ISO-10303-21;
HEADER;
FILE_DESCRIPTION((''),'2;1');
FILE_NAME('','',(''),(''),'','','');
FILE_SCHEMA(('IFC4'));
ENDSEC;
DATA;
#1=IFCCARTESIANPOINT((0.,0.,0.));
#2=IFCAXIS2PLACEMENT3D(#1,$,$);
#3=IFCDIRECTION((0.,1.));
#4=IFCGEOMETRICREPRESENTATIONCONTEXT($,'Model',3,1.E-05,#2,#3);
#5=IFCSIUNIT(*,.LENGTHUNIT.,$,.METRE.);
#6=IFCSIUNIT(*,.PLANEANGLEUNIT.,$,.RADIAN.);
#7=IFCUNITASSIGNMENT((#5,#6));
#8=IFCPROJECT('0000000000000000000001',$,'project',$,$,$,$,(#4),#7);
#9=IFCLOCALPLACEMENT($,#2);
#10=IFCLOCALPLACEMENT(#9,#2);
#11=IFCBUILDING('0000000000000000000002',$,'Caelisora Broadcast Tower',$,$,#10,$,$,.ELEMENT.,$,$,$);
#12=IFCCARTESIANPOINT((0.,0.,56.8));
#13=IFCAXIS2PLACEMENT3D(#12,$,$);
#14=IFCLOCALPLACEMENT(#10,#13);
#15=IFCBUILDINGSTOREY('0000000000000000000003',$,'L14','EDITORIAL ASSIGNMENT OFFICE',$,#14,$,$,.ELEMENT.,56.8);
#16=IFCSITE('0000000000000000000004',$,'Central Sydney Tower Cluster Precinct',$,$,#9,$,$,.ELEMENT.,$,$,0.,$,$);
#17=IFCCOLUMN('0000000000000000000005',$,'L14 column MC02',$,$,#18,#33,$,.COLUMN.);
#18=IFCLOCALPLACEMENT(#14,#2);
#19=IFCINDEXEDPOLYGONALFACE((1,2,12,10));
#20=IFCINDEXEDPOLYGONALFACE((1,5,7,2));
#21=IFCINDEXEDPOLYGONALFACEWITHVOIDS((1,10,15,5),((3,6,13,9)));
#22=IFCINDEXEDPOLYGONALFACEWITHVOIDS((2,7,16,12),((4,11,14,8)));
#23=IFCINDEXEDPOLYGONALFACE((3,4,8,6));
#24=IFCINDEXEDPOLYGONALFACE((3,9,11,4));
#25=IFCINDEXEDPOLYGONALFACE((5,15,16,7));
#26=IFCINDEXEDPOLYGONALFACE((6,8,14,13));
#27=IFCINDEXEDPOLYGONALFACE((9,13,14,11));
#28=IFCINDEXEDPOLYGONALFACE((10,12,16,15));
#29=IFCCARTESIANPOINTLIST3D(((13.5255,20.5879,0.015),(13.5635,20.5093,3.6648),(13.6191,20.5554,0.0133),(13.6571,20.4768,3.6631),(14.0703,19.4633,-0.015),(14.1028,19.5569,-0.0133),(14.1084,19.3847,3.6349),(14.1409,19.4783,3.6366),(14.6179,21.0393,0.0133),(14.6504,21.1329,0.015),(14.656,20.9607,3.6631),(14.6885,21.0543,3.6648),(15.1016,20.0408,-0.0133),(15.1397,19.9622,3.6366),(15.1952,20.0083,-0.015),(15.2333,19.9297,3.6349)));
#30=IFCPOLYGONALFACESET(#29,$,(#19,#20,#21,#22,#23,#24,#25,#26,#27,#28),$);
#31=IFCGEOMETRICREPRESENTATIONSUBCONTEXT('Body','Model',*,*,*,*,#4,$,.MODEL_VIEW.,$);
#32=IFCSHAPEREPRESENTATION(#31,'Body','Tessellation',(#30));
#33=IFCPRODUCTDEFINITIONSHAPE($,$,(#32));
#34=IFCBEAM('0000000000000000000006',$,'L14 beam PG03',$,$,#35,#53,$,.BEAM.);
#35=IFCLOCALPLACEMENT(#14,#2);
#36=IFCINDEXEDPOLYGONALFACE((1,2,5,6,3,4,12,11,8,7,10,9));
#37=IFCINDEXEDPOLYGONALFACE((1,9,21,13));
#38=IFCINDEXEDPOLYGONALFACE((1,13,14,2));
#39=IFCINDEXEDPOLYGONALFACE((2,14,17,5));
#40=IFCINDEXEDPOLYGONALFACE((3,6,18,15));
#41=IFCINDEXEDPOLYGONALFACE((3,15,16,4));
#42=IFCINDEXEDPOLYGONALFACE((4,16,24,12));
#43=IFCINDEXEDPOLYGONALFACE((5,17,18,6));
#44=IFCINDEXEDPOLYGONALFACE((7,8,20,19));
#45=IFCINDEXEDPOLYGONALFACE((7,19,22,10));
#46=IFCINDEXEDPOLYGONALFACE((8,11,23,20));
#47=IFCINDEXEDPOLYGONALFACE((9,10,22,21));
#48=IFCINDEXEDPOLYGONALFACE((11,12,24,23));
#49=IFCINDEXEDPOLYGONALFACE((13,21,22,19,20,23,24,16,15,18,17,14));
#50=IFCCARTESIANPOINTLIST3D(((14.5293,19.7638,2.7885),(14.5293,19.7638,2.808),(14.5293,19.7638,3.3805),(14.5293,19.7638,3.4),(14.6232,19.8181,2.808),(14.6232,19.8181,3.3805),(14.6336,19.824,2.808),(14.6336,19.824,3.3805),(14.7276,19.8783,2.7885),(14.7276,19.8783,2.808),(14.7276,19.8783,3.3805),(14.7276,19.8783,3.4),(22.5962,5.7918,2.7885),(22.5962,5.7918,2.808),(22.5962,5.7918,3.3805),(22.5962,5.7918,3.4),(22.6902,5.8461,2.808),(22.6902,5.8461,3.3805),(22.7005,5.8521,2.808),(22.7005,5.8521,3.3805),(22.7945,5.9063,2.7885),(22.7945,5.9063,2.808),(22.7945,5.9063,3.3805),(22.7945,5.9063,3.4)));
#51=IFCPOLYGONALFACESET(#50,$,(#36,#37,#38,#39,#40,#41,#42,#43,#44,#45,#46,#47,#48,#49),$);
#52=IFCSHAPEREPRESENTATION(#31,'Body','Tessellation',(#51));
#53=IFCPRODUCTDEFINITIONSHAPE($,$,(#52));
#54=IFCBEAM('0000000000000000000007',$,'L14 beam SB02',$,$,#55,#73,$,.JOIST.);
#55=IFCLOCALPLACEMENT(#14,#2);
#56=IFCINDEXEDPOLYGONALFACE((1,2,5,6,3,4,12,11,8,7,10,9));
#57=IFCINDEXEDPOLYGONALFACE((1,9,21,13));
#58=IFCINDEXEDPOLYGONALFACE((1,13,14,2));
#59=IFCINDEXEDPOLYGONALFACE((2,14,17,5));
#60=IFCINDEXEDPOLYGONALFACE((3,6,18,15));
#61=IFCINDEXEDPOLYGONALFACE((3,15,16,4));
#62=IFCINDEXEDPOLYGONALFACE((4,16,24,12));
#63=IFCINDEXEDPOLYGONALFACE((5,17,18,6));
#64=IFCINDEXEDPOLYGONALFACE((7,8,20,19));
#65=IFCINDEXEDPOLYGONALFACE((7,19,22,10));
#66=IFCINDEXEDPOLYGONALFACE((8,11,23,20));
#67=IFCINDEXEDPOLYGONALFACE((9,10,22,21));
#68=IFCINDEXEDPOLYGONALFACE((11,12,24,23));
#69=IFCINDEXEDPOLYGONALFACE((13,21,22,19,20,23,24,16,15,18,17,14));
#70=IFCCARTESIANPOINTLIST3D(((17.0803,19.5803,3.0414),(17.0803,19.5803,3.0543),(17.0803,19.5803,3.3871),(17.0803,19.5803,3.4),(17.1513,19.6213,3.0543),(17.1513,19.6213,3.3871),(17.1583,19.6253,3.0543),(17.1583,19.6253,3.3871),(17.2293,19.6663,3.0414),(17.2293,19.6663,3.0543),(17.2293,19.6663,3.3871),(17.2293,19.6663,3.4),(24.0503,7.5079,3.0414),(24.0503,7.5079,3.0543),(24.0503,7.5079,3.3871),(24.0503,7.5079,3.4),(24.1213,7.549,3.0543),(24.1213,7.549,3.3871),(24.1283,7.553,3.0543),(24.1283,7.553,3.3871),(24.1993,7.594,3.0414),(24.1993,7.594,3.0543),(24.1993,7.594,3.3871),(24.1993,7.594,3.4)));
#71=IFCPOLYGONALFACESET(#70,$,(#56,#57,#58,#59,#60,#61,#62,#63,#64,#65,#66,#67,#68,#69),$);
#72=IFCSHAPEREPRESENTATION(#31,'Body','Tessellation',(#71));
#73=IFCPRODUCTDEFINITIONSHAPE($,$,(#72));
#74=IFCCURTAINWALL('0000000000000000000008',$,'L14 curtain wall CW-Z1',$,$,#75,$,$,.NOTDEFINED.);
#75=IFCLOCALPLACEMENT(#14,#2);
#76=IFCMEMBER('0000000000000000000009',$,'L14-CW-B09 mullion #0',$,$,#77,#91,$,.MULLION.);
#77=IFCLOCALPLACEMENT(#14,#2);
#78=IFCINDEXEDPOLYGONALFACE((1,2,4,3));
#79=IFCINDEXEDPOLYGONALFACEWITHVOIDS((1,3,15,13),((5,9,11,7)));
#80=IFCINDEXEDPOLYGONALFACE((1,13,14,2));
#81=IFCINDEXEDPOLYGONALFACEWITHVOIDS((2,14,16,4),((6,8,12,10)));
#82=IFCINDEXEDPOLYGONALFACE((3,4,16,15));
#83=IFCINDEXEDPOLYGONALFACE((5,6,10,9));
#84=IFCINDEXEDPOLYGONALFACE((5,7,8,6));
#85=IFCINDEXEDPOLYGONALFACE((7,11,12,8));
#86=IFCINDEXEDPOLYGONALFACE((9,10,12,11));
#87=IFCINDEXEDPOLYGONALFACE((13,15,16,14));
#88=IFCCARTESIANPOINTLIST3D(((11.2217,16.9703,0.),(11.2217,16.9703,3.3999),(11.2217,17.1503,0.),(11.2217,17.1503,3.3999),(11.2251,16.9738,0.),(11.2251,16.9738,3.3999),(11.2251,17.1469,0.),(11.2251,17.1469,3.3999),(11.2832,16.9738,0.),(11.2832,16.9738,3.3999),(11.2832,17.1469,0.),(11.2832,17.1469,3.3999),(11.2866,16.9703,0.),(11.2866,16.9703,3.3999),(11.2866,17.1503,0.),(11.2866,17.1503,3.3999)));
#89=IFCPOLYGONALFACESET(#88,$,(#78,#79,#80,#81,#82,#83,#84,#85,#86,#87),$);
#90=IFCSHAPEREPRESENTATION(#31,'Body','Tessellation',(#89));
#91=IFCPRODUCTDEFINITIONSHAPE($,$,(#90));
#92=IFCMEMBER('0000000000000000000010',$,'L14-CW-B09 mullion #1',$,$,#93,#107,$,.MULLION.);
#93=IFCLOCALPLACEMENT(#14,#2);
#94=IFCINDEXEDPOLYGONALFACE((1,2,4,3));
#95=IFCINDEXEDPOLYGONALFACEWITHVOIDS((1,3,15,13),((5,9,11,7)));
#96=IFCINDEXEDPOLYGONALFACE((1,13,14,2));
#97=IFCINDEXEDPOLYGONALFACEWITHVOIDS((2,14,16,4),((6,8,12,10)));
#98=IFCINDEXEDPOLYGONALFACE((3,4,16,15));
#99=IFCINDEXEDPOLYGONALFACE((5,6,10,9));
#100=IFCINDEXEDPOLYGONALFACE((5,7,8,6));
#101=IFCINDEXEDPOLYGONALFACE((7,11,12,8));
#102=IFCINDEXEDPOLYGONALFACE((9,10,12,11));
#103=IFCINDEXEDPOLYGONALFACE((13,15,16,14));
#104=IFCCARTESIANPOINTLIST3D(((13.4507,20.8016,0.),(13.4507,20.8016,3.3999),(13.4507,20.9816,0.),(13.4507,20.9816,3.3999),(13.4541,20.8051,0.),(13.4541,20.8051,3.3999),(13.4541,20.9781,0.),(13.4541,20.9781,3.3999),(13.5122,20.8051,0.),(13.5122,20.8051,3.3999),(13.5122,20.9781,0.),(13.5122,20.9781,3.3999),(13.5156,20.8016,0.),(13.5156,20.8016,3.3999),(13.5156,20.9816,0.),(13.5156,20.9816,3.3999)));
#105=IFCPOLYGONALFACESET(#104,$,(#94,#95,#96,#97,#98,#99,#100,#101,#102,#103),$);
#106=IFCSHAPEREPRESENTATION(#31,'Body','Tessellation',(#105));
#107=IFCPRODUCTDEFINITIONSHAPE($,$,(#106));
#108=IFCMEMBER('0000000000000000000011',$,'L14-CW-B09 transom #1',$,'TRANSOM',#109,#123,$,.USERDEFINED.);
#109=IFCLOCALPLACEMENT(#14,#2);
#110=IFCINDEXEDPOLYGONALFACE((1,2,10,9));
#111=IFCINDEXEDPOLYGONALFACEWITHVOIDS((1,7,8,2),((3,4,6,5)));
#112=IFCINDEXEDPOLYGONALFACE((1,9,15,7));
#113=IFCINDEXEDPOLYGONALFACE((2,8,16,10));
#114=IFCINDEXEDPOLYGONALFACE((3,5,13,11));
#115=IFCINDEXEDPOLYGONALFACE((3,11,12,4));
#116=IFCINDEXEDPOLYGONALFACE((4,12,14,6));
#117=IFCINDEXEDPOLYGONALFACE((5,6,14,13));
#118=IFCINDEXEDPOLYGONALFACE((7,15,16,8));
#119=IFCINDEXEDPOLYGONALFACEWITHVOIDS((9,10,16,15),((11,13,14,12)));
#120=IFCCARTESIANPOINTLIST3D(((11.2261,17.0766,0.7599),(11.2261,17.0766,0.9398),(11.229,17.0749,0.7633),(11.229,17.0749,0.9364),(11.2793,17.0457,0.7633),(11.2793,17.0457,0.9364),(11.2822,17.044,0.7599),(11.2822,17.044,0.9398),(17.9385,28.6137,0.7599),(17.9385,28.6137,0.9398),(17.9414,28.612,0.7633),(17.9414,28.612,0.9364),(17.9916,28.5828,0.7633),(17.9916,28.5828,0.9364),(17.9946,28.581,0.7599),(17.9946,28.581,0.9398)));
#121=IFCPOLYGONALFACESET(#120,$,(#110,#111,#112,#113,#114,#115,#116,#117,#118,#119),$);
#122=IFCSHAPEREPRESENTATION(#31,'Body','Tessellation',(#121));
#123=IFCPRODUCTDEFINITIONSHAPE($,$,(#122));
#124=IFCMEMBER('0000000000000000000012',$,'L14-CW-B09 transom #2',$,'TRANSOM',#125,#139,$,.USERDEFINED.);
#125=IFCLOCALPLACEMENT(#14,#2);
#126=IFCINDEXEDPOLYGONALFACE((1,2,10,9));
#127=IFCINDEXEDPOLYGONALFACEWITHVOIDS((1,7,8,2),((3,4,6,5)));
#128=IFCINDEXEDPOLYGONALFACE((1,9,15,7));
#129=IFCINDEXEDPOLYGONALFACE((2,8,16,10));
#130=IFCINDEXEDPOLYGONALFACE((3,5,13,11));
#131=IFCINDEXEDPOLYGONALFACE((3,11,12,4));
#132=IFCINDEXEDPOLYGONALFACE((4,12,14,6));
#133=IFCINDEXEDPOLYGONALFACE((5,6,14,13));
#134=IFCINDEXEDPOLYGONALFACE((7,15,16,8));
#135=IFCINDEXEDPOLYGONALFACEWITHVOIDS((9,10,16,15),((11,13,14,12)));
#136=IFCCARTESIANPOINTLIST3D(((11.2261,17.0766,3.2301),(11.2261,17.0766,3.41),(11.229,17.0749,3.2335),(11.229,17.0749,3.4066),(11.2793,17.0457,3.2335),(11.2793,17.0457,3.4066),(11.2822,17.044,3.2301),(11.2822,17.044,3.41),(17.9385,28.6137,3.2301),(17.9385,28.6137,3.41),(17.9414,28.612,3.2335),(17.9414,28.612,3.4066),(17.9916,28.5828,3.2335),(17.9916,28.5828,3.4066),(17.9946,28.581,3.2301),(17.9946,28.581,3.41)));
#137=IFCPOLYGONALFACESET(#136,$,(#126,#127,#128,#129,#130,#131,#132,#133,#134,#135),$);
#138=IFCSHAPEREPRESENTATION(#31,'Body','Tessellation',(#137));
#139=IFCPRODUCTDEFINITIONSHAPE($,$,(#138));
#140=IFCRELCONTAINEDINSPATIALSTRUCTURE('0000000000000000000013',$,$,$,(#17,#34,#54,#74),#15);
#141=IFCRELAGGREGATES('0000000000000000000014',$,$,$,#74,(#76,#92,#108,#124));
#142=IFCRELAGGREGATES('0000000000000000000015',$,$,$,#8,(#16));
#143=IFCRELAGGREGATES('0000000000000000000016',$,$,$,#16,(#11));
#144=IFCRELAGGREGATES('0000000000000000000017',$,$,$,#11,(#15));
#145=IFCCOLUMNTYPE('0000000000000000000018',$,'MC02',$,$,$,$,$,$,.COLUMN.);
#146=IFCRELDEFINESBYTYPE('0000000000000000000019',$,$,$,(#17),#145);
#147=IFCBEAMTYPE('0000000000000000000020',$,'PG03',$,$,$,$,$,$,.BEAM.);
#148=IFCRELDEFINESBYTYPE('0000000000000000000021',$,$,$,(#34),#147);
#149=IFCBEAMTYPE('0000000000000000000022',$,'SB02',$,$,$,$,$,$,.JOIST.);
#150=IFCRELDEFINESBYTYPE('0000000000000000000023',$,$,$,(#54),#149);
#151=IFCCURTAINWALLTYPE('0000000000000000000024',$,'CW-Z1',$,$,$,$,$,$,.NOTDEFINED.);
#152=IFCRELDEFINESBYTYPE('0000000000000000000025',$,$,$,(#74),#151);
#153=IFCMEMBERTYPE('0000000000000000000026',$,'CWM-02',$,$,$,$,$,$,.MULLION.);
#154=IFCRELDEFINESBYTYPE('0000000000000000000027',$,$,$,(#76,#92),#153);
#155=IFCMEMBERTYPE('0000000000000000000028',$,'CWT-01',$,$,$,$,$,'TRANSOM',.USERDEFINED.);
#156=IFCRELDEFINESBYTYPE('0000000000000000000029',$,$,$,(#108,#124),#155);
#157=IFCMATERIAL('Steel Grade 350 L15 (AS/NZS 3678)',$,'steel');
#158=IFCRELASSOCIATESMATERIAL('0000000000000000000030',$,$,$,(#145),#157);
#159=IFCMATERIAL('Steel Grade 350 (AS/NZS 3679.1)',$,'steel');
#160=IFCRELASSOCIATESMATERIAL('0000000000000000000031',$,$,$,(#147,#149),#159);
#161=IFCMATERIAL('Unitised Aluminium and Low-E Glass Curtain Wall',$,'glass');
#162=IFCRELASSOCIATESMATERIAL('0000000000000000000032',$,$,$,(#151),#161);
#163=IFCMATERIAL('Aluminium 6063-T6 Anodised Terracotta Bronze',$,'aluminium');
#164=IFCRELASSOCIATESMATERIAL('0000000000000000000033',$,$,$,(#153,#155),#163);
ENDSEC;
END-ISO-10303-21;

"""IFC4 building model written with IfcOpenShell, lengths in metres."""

from ifc_helpers import new_model, si_unit, direction, frame, origin, origin_2d, place, context, subcontext, project, spatial, hollow_rectangle, i_section, extrude, source, transform, mapped, material, material_profile, profile_set, type_object, type_shapes, element, aggregate, save


model = new_model("IFC4")

# Units and contexts
model_context = context("Model", 3, precision=1e-05, world=origin(), true_north=direction((0.0, 1.0)))
body_context = subcontext(model_context, "Body", "Model", "MODEL_VIEW")
ifc_project = project(units=[si_unit("LENGTHUNIT", "METRE"), si_unit("PLANEANGLEUNIT", "RADIAN")], contexts=[model_context])

# Site, building, storey
site_placement = place(None, origin())
site = spatial("IfcSite", under=ifc_project, at=site_placement, Name="Central Sydney Tower Cluster Precinct", CompositionType="ELEMENT", RefElevation=0.0)
building_placement = place(site_placement, origin())
building = spatial("IfcBuilding", under=site, at=building_placement, Name="Caelisora Broadcast Tower", CompositionType="ELEMENT")
storey_placement = place(building_placement, frame((0.0, 0.0, 56.8)))
storey = spatial("IfcBuildingStorey", under=building, at=storey_placement, Name="L14", Description="EDITORIAL ASSIGNMENT OFFICE", CompositionType="ELEMENT", Elevation=56.8)

# Column
ifc_material_1 = material(Name="Steel Grade 350 L15 (AS/NZS 3678)", Category="steel")
ifc_material_profile_1 = material_profile(ifc_material_1, hollow_rectangle(XDim=1.25, YDim=1.25, WallThickness=0.0701, at=origin_2d()), Name="Steel Grade 350 L15 (AS/NZS 3678)")
ifc_profile_set_1 = profile_set([ifc_material_profile_1], Name="Steel Grade 350 L15 (AS/NZS 3678)")
column_type = type_object("IfcColumnType", Name="MC02", PredefinedType="COLUMN", material=ifc_profile_set_1)
shared_shape_1 = source(origin(), body_context, "Body", "SweptSolid", [
    extrude(hollow_rectangle(XDim=1.25, YDim=1.25, WallThickness=0.0701, at=origin_2d()), origin(), (0.0, 0.0, 1.0), 3.6509),
])
type_shapes(column_type, [shared_shape_1])
column_placement = place(storey_placement, frame((14.3604, 20.2981, 0.0), z_axis=(0.010432, -0.021532, 0.999714), x_axis=(0.899947, 0.435999, 0.0)))
element("IfcColumn", 1, at=column_placement, inside=storey, type_object=column_type, Name="L14 column MC02", PredefinedType="COLUMN", context=body_context, shape_type="MappedRepresentation", body=[
    mapped(shared_shape_1, transform((0.0, 0.0, 0.0), scale=1.0)),
])

# Beams
ifc_material_2 = material(Name="Steel Grade 350 (AS/NZS 3679.1)", Category="steel")
ifc_material_profile_2 = material_profile(ifc_material_2, i_section(OverallWidth=0.229, OverallDepth=0.6116, WebThickness=0.012, FlangeThickness=0.0195, at=origin_2d()), Name="Steel Grade 350 (AS/NZS 3679.1)")
ifc_profile_set_2 = profile_set([ifc_material_profile_2], Name="Steel Grade 350 (AS/NZS 3679.1)")
beam_type_1 = type_object("IfcBeamType", Name="PG03", PredefinedType="BEAM", material=ifc_profile_set_2)
shared_shape_2 = source(origin(), body_context, "Body", "SweptSolid", [
    extrude(i_section(OverallWidth=0.229, OverallDepth=0.6116, WebThickness=0.012, FlangeThickness=0.0195, at=origin_2d()), origin(), (0.0, 0.0, 1.0), 16.1335),
])
type_shapes(beam_type_1, [shared_shape_2])
beam_1_placement = place(storey_placement, frame((14.6284, 19.821, 3.0942), z_axis=(0.500009, -0.86602, 0.0), x_axis=(0.86602, 0.500009, 0.0)))
element("IfcBeam", 2, at=beam_1_placement, inside=storey, type_object=beam_type_1, Name="L14 beam PG03", PredefinedType="BEAM", context=body_context, shape_type="MappedRepresentation", body=[
    mapped(shared_shape_2, transform((0.0, 0.0, 0.0), scale=1.0)),
])
ifc_material_profile_3 = material_profile(ifc_material_2, i_section(OverallWidth=0.1721, OverallDepth=0.3586, WebThickness=0.0081, FlangeThickness=0.0129, at=origin_2d()), Name="Steel Grade 350 (AS/NZS 3679.1)")
ifc_profile_set_3 = profile_set([ifc_material_profile_3], Name="Steel Grade 350 (AS/NZS 3679.1)")
beam_type_2 = type_object("IfcBeamType", Name="SB02", PredefinedType="JOIST", material=ifc_profile_set_3)
shared_shape_3 = source(origin(), body_context, "Body", "SweptSolid", [
    extrude(i_section(OverallWidth=0.1721, OverallDepth=0.3586, WebThickness=0.0081, FlangeThickness=0.0129, at=origin_2d()), origin(), (0.0, 0.0, 1.0), 13.9399),
])
type_shapes(beam_type_2, [shared_shape_3])
beam_2_placement = place(storey_placement, frame((17.1548, 19.6233, 3.2207), z_axis=(0.500002, -0.866024, 0.0), x_axis=(0.866024, 0.500002, 0.0)))
element("IfcBeam", 3, at=beam_2_placement, inside=storey, type_object=beam_type_2, Name="L14 beam SB02", PredefinedType="JOIST", context=body_context, shape_type="MappedRepresentation", body=[
    mapped(shared_shape_3, transform((0.0, 0.0, 0.0), scale=1.0)),
])

# Curtain wall, members
ifc_material_3 = material(Name="Unitised Aluminium and Low-E Glass Curtain Wall", Category="glass")
curtain_wall_type = type_object("IfcCurtainWallType", Name="CW-Z1", PredefinedType="NOTDEFINED", material=ifc_material_3)
curtain_wall_placement = place(storey_placement, origin())
curtain_wall = element("IfcCurtainWall", 4, at=curtain_wall_placement, inside=storey, type_object=curtain_wall_type, Name="L14 curtain wall CW-Z1", PredefinedType="NOTDEFINED")
ifc_material_4 = material(Name="Aluminium 6063-T6 Anodised Terracotta Bronze", Category="aluminium")
ifc_material_profile_4 = material_profile(ifc_material_4, hollow_rectangle(XDim=0.0649, YDim=0.1799, WallThickness=0.0034, at=origin_2d()), Name="Aluminium 6063-T6 Anodised Terracotta Bronze")
ifc_profile_set_4 = profile_set([ifc_material_profile_4], Name="Aluminium 6063-T6 Anodised Terracotta Bronze")
member_type_1 = type_object("IfcMemberType", Name="CWM-02", PredefinedType="MULLION", material=ifc_profile_set_4)
shared_shape_4 = source(origin(), body_context, "Body", "SweptSolid", [
    extrude(hollow_rectangle(XDim=0.0649, YDim=0.1799, WallThickness=0.0034, at=origin_2d()), origin(), (0.0, 0.0, 1.0), 3.3999),
])
type_shapes(member_type_1, [shared_shape_4])
member_1_placement = place(storey_placement, frame((11.2542, 17.0603, 0.0), z_axis=(0.0, 0.0, 1.0), x_axis=(1.0, 0.0, 0.0)))
member_1 = element("IfcMember", 5, at=member_1_placement, type_object=member_type_1, Name="L14-CW-B09 mullion #0", PredefinedType="MULLION", context=body_context, shape_type="MappedRepresentation", body=[
    mapped(shared_shape_4, transform((0.0, 0.0, 0.0), scale=1.0)),
])
member_2_placement = place(storey_placement, frame((13.4832, 20.8916, 0.0), z_axis=(0.0, 0.0, 1.0), x_axis=(1.0, 0.0, 0.0)))
member_2 = element("IfcMember", 6, at=member_2_placement, type_object=member_type_1, Name="L14-CW-B09 mullion #1", PredefinedType="MULLION", context=body_context, shape_type="MappedRepresentation", body=[
    mapped(shared_shape_4, transform((0.0, 0.0, 0.0), scale=1.0)),
])
ifc_material_profile_5 = material_profile(ifc_material_4, hollow_rectangle(XDim=0.0649, YDim=0.1799, WallThickness=0.0034, at=origin_2d()), Name="Aluminium 6063-T6 Anodised Terracotta Bronze")
ifc_profile_set_5 = profile_set([ifc_material_profile_5], Name="Aluminium 6063-T6 Anodised Terracotta Bronze")
member_type_2 = type_object("IfcMemberType", Name="CWT-01", ElementType="TRANSOM", PredefinedType="USERDEFINED", material=ifc_profile_set_5)
shared_shape_5 = source(origin(), body_context, "Body", "SweptSolid", [
    extrude(hollow_rectangle(XDim=0.0649, YDim=0.1799, WallThickness=0.0034, at=origin_2d()), origin(), (0.0, 0.0, 1.0), 13.3477),
])
type_shapes(member_type_2, [shared_shape_5])
member_3_placement = place(storey_placement, frame((11.2542, 17.0603, 0.8499), z_axis=(0.502888, 0.864352, 0.0), x_axis=(-0.864352, 0.502888, 0.0)))
member_3 = element("IfcMember", 7, at=member_3_placement, type_object=member_type_2, Name="L14-CW-B09 transom #1", ObjectType="TRANSOM", PredefinedType="USERDEFINED", context=body_context, shape_type="MappedRepresentation", body=[
    mapped(shared_shape_5, transform((0.0, 0.0, 0.0), scale=1.0)),
])
member_4_placement = place(storey_placement, frame((11.2542, 17.0603, 3.3201), z_axis=(0.502888, 0.864352, 0.0), x_axis=(-0.864352, 0.502888, 0.0)))
member_4 = element("IfcMember", 8, at=member_4_placement, type_object=member_type_2, Name="L14-CW-B09 transom #2", ObjectType="TRANSOM", PredefinedType="USERDEFINED", context=body_context, shape_type="MappedRepresentation", body=[
    mapped(shared_shape_5, transform((0.0, 0.0, 0.0), scale=1.0)),
])

aggregate(curtain_wall, [member_1, member_2, member_3, member_4])

save(model, "model.ifc")
